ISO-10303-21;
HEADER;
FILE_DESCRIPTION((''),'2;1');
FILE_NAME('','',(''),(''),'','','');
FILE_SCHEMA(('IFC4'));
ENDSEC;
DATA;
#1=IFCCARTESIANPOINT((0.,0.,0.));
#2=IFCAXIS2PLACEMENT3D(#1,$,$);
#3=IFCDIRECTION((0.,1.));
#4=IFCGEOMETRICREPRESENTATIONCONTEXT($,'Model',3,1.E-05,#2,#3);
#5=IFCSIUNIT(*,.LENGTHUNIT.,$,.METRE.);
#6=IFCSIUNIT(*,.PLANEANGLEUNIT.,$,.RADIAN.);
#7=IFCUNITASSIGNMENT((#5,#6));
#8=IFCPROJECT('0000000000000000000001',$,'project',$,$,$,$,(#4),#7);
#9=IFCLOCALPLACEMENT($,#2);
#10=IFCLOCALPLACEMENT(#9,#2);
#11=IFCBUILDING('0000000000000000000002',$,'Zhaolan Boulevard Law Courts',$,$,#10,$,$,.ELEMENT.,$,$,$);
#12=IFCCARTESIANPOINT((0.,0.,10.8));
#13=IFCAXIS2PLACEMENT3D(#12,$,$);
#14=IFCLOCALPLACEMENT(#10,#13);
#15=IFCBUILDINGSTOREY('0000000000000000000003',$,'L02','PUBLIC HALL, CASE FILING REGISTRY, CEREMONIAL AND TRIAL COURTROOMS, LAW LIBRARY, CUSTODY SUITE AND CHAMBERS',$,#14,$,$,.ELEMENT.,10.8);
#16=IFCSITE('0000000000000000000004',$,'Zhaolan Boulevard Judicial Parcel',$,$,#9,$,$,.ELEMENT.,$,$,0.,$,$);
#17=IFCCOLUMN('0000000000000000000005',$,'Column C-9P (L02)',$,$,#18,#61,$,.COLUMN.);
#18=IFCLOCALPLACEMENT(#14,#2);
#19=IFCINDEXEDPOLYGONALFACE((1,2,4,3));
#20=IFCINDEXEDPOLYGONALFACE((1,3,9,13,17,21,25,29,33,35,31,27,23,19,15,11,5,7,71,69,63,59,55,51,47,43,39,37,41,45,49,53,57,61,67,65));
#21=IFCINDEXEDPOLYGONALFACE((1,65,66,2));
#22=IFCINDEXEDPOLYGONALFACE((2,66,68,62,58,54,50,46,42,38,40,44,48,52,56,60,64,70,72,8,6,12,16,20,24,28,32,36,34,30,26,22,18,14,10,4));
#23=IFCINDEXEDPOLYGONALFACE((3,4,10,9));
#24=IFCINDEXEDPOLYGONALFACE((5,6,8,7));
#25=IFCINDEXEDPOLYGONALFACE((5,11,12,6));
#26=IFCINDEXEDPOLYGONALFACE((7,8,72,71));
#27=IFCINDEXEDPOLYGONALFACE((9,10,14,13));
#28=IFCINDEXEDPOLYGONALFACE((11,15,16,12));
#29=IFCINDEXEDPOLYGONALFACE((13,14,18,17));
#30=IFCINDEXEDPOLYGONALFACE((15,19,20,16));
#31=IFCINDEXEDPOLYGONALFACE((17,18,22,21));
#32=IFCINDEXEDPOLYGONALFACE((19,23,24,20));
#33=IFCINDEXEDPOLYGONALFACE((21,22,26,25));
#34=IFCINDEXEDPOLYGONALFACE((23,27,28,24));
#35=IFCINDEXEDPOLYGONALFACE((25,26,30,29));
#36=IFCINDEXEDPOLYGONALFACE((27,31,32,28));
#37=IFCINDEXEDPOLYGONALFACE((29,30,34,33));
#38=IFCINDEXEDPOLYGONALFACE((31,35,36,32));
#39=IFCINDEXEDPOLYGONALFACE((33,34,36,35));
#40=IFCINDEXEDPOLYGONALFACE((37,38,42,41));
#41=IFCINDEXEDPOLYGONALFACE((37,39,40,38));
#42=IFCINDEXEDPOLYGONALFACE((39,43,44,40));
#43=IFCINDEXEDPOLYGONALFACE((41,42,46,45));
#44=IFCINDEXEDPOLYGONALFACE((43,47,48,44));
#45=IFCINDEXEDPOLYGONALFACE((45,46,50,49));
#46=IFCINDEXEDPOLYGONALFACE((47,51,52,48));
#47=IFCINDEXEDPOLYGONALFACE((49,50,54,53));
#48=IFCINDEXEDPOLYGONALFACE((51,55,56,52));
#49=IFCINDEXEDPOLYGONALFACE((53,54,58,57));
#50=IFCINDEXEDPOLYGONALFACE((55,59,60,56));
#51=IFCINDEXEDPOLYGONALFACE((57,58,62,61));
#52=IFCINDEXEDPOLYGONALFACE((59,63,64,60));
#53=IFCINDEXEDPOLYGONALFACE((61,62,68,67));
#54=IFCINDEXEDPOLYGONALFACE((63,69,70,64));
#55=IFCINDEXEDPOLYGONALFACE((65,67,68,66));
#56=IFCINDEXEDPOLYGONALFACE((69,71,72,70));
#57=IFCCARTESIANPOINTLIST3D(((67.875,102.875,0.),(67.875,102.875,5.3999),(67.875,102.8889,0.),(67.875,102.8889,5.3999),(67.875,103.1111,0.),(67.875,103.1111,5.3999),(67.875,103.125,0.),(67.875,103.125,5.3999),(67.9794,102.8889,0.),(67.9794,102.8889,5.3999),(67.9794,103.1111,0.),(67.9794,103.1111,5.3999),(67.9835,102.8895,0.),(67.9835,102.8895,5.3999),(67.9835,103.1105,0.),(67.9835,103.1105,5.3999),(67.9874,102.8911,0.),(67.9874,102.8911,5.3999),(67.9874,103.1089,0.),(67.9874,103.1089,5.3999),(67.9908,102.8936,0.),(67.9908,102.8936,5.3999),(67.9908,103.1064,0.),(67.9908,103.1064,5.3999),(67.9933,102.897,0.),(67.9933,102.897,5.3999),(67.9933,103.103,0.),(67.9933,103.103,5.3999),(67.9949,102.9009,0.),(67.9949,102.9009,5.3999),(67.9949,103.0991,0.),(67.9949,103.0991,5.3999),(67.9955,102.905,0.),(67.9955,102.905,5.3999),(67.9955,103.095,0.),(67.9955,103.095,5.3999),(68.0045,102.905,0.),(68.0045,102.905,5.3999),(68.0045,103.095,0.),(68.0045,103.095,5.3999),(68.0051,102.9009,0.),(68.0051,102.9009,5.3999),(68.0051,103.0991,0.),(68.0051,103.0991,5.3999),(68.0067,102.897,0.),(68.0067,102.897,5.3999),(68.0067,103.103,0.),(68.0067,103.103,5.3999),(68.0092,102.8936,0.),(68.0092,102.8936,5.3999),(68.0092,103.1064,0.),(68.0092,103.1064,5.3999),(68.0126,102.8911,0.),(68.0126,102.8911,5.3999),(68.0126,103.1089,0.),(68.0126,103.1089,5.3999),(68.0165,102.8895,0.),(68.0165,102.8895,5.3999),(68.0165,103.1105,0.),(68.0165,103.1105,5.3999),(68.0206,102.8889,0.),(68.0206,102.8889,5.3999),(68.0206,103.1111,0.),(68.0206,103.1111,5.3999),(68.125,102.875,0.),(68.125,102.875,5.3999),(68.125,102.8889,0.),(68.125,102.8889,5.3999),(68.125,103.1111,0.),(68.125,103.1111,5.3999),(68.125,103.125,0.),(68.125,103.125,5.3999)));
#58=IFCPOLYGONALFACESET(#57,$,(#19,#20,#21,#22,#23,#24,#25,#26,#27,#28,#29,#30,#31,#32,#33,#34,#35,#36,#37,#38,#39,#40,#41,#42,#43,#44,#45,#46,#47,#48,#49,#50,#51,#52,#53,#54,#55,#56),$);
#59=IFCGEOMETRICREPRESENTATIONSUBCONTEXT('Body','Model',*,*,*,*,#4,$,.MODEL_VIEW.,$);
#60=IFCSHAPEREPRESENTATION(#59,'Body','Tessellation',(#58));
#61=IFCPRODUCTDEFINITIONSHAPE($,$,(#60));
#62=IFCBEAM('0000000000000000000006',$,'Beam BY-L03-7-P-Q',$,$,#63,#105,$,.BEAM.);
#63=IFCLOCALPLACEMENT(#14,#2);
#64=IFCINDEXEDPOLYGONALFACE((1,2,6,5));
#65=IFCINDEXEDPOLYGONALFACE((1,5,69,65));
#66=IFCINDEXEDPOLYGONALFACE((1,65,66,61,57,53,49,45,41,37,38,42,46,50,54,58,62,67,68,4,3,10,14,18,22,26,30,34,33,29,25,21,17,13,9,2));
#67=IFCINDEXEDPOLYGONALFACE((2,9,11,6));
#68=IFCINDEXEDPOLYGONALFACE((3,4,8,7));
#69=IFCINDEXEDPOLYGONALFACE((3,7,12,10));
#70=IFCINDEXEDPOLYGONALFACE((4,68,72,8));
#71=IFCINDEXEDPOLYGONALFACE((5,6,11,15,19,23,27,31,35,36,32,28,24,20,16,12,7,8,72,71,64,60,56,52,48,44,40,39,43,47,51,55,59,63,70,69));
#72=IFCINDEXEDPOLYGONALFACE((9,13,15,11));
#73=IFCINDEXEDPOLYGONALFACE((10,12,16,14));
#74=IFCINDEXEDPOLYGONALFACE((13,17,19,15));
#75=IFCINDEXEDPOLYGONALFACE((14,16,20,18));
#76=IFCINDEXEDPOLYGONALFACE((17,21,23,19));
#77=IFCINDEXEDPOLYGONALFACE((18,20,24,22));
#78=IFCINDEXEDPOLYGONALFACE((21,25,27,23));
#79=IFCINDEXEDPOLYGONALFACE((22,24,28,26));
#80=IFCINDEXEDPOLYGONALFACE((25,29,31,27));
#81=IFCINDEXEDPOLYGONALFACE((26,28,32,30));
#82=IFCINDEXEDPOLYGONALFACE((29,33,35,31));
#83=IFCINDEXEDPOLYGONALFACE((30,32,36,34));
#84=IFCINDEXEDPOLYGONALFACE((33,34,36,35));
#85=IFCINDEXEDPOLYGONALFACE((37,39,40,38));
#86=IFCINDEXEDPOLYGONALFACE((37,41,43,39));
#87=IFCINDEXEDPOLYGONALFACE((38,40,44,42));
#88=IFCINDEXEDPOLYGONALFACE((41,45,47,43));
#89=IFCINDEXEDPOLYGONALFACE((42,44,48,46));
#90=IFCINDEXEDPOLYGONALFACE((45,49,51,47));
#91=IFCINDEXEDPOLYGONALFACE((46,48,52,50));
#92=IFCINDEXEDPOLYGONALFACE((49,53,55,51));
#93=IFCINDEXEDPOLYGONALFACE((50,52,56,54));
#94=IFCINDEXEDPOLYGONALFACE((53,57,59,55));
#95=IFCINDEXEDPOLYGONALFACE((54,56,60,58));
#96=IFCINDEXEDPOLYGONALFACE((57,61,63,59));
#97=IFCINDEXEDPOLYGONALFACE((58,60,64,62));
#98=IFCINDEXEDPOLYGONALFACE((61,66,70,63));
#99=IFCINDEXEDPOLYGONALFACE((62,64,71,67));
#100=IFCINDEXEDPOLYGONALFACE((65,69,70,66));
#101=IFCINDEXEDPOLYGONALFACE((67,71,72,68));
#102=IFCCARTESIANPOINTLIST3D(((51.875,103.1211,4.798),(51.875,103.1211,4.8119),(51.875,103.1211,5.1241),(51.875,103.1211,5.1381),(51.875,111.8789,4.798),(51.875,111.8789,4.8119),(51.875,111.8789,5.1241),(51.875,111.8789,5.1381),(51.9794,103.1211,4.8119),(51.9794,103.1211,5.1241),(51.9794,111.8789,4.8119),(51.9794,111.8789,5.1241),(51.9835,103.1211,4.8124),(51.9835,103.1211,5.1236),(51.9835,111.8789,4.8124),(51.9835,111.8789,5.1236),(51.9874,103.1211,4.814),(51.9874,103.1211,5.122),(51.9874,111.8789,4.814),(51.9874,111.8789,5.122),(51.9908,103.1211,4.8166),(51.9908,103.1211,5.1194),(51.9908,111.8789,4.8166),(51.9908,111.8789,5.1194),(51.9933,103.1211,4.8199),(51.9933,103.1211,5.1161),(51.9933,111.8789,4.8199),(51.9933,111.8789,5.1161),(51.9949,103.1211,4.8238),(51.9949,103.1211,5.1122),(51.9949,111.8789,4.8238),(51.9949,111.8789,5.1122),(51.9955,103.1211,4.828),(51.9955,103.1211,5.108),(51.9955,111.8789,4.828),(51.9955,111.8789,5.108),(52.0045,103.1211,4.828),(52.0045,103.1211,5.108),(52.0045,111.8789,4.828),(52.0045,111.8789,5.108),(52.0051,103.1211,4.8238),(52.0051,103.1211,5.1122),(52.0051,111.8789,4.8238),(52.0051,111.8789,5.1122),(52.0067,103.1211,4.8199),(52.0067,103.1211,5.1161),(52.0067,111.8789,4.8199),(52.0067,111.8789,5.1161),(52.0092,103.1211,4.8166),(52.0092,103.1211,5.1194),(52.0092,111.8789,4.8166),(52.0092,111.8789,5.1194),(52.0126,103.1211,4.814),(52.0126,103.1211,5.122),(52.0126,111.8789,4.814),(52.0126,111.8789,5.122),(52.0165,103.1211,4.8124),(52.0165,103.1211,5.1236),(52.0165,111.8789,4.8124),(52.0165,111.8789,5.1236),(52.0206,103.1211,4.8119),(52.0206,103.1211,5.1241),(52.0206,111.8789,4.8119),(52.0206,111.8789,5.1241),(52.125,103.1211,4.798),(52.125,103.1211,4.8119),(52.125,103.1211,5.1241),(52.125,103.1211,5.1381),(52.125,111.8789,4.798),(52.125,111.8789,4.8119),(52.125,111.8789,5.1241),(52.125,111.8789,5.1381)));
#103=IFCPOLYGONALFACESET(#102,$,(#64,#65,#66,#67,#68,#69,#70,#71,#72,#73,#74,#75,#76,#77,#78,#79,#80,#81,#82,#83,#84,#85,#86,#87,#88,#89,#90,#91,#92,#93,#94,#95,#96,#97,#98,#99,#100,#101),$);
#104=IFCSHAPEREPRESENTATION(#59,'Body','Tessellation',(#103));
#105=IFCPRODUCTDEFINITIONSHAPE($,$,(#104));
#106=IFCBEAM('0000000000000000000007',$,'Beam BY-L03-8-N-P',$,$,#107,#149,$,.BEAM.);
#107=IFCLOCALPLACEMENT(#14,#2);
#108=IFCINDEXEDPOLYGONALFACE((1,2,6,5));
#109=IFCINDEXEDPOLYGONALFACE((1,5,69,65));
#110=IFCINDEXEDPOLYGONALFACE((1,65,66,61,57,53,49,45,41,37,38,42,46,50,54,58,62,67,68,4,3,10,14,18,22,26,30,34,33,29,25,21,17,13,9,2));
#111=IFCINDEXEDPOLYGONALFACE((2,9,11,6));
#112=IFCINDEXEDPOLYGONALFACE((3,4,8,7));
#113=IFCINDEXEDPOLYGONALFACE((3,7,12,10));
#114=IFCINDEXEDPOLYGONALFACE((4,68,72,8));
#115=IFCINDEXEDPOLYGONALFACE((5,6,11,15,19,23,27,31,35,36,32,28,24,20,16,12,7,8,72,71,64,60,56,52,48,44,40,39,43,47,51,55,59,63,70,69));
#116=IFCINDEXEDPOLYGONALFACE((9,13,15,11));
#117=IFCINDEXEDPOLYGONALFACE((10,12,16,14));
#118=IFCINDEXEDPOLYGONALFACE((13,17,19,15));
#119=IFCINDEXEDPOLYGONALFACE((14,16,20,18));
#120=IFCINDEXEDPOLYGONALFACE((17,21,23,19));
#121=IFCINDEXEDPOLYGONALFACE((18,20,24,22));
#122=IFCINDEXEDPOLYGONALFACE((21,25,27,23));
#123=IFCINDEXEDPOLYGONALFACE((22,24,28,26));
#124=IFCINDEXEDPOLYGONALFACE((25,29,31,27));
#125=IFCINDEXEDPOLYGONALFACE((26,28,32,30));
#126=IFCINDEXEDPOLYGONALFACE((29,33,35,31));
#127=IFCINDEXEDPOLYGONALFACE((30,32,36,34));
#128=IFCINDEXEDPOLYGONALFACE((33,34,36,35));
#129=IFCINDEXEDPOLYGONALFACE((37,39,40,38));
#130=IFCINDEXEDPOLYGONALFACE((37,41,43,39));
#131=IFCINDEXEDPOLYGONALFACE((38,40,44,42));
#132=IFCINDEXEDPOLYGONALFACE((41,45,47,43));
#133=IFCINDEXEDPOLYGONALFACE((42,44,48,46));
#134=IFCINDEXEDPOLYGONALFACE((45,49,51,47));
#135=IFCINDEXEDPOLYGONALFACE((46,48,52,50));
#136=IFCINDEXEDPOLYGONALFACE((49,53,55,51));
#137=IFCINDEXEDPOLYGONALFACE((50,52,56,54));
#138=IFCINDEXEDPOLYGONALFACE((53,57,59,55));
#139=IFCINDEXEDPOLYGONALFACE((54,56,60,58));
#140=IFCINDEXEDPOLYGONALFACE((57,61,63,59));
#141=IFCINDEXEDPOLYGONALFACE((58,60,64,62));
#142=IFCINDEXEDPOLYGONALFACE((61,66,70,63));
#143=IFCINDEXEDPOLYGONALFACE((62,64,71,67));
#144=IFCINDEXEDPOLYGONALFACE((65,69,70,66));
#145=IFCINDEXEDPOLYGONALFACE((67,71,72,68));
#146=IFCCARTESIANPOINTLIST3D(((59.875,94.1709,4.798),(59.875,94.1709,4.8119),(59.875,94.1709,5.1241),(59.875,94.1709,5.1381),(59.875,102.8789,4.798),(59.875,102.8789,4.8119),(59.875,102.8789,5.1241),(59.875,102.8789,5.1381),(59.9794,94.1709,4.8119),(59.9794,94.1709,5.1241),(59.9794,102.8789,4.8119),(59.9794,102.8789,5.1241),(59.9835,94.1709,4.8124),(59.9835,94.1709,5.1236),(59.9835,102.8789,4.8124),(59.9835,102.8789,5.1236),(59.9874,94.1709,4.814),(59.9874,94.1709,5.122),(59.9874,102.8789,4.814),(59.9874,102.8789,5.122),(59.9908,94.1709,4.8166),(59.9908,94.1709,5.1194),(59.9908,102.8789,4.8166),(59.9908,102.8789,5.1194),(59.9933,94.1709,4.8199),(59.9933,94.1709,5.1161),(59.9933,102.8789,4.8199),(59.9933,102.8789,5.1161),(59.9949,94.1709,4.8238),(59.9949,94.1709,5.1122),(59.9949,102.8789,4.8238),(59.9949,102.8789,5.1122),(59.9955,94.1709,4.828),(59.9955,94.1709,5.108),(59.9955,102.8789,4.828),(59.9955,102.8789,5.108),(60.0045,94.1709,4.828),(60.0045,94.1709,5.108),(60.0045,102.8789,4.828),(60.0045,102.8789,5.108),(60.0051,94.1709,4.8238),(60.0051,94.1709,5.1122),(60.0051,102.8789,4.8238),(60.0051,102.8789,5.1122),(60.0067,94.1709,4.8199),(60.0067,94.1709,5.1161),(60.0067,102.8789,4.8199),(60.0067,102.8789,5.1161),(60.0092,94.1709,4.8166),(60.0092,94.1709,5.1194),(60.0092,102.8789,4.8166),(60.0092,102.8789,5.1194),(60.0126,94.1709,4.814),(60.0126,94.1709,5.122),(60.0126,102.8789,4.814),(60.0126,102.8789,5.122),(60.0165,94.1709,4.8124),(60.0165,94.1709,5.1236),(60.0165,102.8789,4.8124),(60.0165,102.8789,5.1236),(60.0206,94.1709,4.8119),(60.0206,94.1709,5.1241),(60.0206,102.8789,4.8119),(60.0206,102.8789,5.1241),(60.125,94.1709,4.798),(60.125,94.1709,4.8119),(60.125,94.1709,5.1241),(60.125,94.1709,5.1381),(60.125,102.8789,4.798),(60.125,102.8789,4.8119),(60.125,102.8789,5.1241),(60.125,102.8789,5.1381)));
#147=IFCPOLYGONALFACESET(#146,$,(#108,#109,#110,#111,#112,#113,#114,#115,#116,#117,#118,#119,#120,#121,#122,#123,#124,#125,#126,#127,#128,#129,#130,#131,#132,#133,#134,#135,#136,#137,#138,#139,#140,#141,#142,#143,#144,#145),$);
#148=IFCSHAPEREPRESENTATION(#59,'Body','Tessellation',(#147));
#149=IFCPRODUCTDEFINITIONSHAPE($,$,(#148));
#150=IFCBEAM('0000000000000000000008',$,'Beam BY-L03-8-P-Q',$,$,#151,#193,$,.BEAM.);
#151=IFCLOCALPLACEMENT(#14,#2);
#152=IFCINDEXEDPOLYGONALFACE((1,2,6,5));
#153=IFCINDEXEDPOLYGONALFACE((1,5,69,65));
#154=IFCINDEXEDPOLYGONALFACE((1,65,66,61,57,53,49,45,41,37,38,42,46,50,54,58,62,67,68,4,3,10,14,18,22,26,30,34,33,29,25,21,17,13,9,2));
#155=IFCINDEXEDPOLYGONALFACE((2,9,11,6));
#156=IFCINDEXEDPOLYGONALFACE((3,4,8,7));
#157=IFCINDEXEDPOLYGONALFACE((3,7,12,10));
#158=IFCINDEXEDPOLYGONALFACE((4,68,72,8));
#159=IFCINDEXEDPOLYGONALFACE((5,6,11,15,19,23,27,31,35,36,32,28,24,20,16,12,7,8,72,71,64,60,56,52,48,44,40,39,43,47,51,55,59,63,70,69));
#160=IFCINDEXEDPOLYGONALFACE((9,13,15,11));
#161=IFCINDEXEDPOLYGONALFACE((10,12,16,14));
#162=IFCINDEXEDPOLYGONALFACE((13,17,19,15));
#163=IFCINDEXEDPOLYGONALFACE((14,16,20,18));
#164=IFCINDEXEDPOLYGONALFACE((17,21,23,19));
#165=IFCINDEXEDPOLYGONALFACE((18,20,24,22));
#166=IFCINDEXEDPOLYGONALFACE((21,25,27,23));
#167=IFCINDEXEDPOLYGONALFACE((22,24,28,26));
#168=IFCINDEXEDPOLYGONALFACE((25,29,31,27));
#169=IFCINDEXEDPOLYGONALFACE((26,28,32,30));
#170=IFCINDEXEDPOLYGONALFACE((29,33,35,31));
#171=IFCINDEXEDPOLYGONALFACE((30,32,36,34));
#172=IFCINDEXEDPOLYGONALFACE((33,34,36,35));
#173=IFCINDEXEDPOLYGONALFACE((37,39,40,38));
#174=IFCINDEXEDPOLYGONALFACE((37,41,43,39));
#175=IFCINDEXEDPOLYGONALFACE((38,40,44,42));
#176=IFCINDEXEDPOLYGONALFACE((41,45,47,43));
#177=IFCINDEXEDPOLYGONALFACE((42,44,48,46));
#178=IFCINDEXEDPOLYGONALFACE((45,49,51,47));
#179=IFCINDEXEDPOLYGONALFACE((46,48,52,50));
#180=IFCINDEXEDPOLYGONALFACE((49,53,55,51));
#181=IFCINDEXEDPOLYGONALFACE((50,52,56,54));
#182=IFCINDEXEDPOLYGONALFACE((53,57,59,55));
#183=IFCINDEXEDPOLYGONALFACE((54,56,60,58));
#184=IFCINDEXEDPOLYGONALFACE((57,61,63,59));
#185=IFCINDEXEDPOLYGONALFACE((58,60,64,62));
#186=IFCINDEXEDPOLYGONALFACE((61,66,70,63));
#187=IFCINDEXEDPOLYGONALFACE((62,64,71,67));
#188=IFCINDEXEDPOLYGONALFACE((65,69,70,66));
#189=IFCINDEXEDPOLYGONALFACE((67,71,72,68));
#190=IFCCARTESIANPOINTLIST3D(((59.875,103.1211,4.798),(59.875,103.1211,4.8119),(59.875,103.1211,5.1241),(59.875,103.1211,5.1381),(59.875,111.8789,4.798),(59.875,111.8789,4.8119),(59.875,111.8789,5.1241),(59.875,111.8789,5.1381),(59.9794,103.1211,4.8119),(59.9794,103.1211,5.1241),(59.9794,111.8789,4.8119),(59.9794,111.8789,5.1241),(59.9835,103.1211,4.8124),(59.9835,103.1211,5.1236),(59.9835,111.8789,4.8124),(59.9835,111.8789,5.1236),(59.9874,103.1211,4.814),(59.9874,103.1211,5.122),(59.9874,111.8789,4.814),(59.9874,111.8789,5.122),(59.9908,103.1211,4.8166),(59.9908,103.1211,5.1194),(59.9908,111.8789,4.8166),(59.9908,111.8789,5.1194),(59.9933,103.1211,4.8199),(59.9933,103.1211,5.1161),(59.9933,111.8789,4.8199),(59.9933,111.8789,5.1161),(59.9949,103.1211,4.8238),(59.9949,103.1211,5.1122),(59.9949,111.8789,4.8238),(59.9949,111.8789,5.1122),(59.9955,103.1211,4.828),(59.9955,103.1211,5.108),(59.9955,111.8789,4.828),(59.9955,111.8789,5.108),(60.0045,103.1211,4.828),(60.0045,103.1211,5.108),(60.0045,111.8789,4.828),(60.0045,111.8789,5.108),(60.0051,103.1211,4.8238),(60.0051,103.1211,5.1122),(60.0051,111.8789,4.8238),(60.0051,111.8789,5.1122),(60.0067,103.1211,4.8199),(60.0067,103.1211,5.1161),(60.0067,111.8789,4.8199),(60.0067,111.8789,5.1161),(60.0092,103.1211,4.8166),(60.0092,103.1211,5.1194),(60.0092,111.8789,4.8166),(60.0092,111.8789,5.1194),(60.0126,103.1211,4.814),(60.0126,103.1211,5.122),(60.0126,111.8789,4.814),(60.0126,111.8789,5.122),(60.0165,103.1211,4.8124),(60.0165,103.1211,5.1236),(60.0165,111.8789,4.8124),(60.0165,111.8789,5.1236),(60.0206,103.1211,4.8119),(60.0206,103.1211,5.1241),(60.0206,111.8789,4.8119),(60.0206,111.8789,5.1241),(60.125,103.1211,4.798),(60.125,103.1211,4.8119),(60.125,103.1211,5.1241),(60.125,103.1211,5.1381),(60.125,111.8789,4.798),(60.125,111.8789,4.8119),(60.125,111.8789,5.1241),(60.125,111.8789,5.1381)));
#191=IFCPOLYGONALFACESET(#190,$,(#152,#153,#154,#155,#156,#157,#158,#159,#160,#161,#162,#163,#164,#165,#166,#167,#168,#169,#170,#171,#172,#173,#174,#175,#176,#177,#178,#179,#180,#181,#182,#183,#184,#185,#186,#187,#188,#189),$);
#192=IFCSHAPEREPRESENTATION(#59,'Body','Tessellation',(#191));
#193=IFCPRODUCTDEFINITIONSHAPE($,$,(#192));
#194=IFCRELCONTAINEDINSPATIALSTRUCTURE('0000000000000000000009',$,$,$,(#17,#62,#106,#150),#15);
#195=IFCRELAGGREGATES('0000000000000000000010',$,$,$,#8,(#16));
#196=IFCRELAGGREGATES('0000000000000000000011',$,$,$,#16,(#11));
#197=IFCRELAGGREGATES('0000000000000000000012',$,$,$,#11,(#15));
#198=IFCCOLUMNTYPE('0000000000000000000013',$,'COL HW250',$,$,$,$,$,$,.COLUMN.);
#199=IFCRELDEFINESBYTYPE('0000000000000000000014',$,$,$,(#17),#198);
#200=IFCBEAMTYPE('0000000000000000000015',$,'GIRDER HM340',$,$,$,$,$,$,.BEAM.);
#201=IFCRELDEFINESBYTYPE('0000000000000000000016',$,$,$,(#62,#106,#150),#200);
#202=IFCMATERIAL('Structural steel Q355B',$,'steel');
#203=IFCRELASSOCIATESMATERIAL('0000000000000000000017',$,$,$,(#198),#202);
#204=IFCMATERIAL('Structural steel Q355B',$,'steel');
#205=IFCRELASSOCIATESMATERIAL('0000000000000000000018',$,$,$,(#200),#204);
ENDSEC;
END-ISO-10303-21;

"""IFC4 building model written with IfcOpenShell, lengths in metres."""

from ifc_helpers import new_model, si_unit, direction, frame, origin, origin_2d, place, context, subcontext, project, spatial, i_section, extrude, material, material_profile, profile_set, type_object, element, save


model = new_model("IFC4")

# Units and contexts
model_context = context("Model", 3, precision=1e-05, world=origin(), true_north=direction((0.0, 1.0)))
body_context = subcontext(model_context, "Body", "Model", "MODEL_VIEW")
ifc_project = project(units=[si_unit("LENGTHUNIT", "METRE"), si_unit("PLANEANGLEUNIT", "RADIAN")], contexts=[model_context])

# Site, building, storey
site_placement = place(None, origin())
site = spatial("IfcSite", under=ifc_project, at=site_placement, Name="Zhaolan Boulevard Judicial Parcel", CompositionType="ELEMENT", RefElevation=0.0)
building_placement = place(site_placement, origin())
building = spatial("IfcBuilding", under=site, at=building_placement, Name="Zhaolan Boulevard Law Courts", CompositionType="ELEMENT")
storey_placement = place(building_placement, frame((0.0, 0.0, 10.8)))
storey = spatial("IfcBuildingStorey", under=building, at=storey_placement, Name="L02", Description="PUBLIC HALL, CASE FILING REGISTRY, CEREMONIAL AND TRIAL COURTROOMS, LAW LIBRARY, CUSTODY SUITE AND CHAMBERS", CompositionType="ELEMENT", Elevation=10.8)

# Column
ifc_material_1 = material(Name="Structural steel Q355B", Category="steel")
ifc_material_profile_1 = material_profile(ifc_material_1, i_section(OverallWidth=0.25, OverallDepth=0.25, WebThickness=0.009, FlangeThickness=0.0139, FilletRadius=0.0161, at=origin_2d()), Name="HW250x250")
ifc_profile_set_1 = profile_set([ifc_material_profile_1], Name="Structural steel Q355B")
column_type = type_object("IfcColumnType", Name="COL HW250", PredefinedType="COLUMN", material=ifc_profile_set_1)
for number, where, z_axis, x_axis, name in (
    (1, (68.0, 103.0, 0.0), (0.0, 0.0, 1.0), (1.0, 0.0, 0.0), "Column C-9P (L02)"),
):
    element("IfcColumn", number, at=place(storey_placement, frame(where, z_axis=z_axis, x_axis=x_axis)), inside=storey, type_object=column_type, Name=name, PredefinedType="COLUMN", context=body_context, shape_type="SweptSolid", body=[
        extrude(i_section(OverallWidth=0.25, OverallDepth=0.25, WebThickness=0.009, FlangeThickness=0.0139, FilletRadius=0.0161, at=origin_2d()), origin(), (0.0, 0.0, 1.0), 5.3999),
    ])

# Beams
ifc_material_2 = material(Name="Structural steel Q355B", Category="steel")
ifc_material_profile_2 = material_profile(ifc_material_2, i_section(OverallWidth=0.25, OverallDepth=0.3401, WebThickness=0.009, FlangeThickness=0.0139, FilletRadius=0.0161, at=origin_2d()), Name="HM340x250")
ifc_profile_set_2 = profile_set([ifc_material_profile_2], Name="Structural steel Q355B")
beam_type_1 = type_object("IfcBeamType", Name="GIRDER HM340", PredefinedType="BEAM", material=ifc_profile_set_2)
beam_1_placement = place(storey_placement, frame((52.0, 103.1211, 4.968), z_axis=(0.0, 1.0, 0.0), x_axis=(-1.0, 0.0, 0.0)))
element("IfcBeam", 2, at=beam_1_placement, inside=storey, type_object=beam_type_1, Name="Beam BY-L03-7-P-Q", PredefinedType="BEAM", context=body_context, shape_type="SweptSolid", body=[
    extrude(i_section(OverallWidth=0.25, OverallDepth=0.3401, WebThickness=0.009, FlangeThickness=0.0139, FilletRadius=0.0161, at=origin_2d()), origin(), (0.0, 0.0, 1.0), 8.7578),
])
beam_2_placement = place(storey_placement, frame((60.0, 94.1709, 4.968), z_axis=(0.0, 1.0, 0.0), x_axis=(-1.0, 0.0, 0.0)))
element("IfcBeam", 3, at=beam_2_placement, inside=storey, type_object=beam_type_1, Name="Beam BY-L03-8-N-P", PredefinedType="BEAM", context=body_context, shape_type="SweptSolid", body=[
    extrude(i_section(OverallWidth=0.25, OverallDepth=0.3401, WebThickness=0.009, FlangeThickness=0.0139, FilletRadius=0.0161, at=origin_2d()), origin(), (0.0, 0.0, 1.0), 8.708),
])
beam_3_placement = place(storey_placement, frame((60.0, 103.1211, 4.968), z_axis=(0.0, 1.0, 0.0), x_axis=(-1.0, 0.0, 0.0)))
element("IfcBeam", 4, at=beam_3_placement, inside=storey, type_object=beam_type_1, Name="Beam BY-L03-8-P-Q", PredefinedType="BEAM", context=body_context, shape_type="SweptSolid", body=[
    extrude(i_section(OverallWidth=0.25, OverallDepth=0.3401, WebThickness=0.009, FlangeThickness=0.0139, FilletRadius=0.0161, at=origin_2d()), origin(), (0.0, 0.0, 1.0), 8.7578),
])

save(model, "model.ifc")
